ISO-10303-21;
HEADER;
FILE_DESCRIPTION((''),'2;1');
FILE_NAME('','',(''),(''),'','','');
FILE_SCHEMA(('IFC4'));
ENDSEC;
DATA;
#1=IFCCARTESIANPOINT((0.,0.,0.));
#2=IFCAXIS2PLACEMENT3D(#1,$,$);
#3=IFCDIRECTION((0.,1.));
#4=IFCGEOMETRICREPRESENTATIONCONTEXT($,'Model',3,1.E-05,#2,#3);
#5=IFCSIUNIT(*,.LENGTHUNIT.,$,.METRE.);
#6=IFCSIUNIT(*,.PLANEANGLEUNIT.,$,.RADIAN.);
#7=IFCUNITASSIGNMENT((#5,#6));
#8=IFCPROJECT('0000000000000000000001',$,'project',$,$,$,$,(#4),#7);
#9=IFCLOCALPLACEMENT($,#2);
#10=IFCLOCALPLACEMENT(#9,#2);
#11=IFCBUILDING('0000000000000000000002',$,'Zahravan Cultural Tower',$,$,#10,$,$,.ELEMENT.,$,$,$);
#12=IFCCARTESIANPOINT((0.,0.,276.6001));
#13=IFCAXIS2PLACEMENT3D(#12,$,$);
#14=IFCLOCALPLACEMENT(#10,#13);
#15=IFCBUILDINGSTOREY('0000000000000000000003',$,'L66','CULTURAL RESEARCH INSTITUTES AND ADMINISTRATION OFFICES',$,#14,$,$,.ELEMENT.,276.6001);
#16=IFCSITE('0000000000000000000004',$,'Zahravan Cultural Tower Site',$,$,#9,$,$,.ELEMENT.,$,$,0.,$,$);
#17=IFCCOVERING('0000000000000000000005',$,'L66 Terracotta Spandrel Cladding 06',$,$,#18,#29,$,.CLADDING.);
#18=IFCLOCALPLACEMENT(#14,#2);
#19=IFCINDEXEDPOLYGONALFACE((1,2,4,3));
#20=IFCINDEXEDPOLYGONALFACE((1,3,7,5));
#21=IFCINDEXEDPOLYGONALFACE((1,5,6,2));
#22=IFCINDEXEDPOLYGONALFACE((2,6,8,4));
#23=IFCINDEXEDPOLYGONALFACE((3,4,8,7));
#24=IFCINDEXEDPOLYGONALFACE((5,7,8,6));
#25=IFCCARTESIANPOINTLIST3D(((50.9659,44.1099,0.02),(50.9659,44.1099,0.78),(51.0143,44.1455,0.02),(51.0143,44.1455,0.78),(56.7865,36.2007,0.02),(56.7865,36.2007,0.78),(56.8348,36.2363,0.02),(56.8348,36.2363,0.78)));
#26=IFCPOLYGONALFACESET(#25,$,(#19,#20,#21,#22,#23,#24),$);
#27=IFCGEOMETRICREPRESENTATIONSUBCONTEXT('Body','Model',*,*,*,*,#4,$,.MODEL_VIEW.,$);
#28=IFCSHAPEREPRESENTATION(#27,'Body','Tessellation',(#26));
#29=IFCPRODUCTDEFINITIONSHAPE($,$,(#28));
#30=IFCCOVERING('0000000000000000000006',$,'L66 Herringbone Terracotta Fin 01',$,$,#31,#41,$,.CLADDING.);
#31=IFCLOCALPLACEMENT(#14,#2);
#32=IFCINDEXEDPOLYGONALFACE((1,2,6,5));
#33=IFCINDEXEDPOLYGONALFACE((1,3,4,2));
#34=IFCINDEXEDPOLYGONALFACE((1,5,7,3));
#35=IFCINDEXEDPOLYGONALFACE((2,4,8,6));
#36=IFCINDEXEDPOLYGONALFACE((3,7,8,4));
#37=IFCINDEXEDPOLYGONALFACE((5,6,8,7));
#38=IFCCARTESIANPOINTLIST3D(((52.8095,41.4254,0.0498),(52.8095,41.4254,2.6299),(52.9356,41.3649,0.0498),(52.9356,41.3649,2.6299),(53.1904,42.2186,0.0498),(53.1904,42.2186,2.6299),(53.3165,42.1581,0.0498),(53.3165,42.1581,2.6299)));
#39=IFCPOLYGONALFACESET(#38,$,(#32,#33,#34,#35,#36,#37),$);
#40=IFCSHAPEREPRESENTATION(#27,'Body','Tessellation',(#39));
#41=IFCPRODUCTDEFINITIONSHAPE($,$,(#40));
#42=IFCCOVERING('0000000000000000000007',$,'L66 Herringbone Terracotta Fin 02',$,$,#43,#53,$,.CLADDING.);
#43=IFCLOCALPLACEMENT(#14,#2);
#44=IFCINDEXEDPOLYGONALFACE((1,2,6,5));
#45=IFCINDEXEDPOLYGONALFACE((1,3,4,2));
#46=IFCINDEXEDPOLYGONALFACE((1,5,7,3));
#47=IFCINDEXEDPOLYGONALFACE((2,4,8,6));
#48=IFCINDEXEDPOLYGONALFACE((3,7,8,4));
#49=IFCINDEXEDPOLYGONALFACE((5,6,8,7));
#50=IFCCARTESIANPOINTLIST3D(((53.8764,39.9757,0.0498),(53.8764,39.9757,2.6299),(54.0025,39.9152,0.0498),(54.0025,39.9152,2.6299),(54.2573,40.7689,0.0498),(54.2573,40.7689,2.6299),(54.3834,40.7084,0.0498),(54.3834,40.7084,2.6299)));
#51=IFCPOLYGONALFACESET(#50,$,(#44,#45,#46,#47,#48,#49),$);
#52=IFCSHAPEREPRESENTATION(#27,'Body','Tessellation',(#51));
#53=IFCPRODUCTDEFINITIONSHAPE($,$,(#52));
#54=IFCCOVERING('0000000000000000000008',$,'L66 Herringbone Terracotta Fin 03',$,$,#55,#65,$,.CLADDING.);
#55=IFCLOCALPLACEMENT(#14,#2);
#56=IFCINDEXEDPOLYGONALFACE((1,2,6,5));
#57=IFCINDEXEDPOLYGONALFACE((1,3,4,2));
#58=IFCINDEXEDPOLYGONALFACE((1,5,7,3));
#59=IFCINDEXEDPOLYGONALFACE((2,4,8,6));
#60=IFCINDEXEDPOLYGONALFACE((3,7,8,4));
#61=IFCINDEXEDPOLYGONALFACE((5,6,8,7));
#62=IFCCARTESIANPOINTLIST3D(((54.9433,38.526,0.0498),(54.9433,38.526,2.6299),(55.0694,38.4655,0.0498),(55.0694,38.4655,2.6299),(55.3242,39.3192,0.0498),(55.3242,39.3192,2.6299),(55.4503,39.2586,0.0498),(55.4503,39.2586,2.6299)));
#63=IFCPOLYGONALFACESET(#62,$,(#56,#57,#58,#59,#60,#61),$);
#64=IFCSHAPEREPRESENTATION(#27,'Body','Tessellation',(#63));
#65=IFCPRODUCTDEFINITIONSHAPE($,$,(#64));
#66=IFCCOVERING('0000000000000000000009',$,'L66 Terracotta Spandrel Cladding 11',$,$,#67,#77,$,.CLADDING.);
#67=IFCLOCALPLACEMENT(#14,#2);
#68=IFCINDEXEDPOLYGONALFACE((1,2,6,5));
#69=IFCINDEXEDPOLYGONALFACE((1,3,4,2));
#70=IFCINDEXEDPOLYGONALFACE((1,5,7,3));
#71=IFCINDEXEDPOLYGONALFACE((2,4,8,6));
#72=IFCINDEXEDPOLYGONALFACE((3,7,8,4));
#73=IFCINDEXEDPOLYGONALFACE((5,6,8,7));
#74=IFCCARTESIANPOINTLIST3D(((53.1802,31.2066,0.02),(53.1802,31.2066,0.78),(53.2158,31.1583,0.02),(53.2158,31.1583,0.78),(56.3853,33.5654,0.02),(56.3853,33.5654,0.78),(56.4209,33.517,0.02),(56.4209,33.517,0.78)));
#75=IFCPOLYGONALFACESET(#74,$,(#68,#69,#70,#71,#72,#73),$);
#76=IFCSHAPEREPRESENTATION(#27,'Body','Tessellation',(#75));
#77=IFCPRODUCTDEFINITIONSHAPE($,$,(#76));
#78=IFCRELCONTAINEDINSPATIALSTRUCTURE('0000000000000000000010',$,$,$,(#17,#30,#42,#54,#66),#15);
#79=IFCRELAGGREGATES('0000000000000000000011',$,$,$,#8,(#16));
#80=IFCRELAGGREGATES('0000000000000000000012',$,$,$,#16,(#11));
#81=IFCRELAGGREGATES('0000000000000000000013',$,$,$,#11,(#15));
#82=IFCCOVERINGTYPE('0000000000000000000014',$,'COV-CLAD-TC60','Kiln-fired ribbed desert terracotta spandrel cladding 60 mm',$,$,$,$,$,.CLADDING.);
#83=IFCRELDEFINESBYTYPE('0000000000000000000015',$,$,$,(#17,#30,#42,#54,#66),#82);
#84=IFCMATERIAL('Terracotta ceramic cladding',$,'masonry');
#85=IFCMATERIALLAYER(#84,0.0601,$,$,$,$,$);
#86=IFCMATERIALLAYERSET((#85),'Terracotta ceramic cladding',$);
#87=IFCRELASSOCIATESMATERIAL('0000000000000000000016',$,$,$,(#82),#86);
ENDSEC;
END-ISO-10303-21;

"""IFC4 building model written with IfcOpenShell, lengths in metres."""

from ifc_helpers import new_model, si_unit, direction, frame, origin, origin_2d, place, context, subcontext, project, spatial, rectangle, extrude, source, transform, mapped, material, layer, layer_set, type_object, element, save


model = new_model("IFC4")

# Units and contexts
model_context = context("Model", 3, precision=1e-05, world=origin(), true_north=direction((0.0, 1.0)))
body_context = subcontext(model_context, "Body", "Model", "MODEL_VIEW")
ifc_project = project(units=[si_unit("LENGTHUNIT", "METRE"), si_unit("PLANEANGLEUNIT", "RADIAN")], contexts=[model_context])

# Site, building, storey
site_placement = place(None, origin())
site = spatial("IfcSite", under=ifc_project, at=site_placement, Name="Zahravan Cultural Tower Site", CompositionType="ELEMENT", RefElevation=0.0)
building_placement = place(site_placement, origin())
building = spatial("IfcBuilding", under=site, at=building_placement, Name="Zahravan Cultural Tower", CompositionType="ELEMENT")
storey_placement = place(building_placement, frame((0.0, 0.0, 276.6001)))
storey = spatial("IfcBuildingStorey", under=building, at=storey_placement, Name="L66", Description="CULTURAL RESEARCH INSTITUTES AND ADMINISTRATION OFFICES", CompositionType="ELEMENT", Elevation=276.6001)

# Coverings
ifc_material_1 = material(Name="Terracotta ceramic cladding", Category="masonry")
ifc_layer_1 = layer(ifc_material_1, 0.0601)
ifc_layer_set_1 = layer_set([ifc_layer_1], Name="Terracotta ceramic cladding")
covering_type = type_object("IfcCoveringType", Name="COV-CLAD-TC60", Description="Kiln-fired ribbed desert terracotta spandrel cladding 60 mm", PredefinedType="CLADDING", material=ifc_layer_set_1)
shared_shape_1 = source(origin(), body_context, "Body", "SweptSolid", [
    extrude(rectangle(XDim=9.8201, YDim=0.0601, at=origin_2d()), origin(), (0.0, 0.0, 1.0), 0.76),
])
covering_1_placement = place(storey_placement, frame((53.9004, 40.1731, 0.02), z_axis=(0.0, 0.0, 1.0), x_axis=(0.592716, -0.805411, 0.0)))
element("IfcCovering", 1, at=covering_1_placement, inside=storey, type_object=covering_type, Name="L66 Terracotta Spandrel Cladding 06", PredefinedType="CLADDING", context=body_context, shape_type="MappedRepresentation", body=[
    mapped(shared_shape_1, transform((0.0, 0.0, 0.0), x_axis=(1.0, 0.0, 0.0), y_axis=(0.0, 1.0, 0.0), z_axis=(0.0, 0.0, 1.0), scale=1.0)),
])
shared_shape_2 = source(origin(), body_context, "Body", "SweptSolid", [
    extrude(rectangle(XDim=0.8799, YDim=0.1399, at=origin_2d()), origin(), (0.0, 0.0, 1.0), 2.5801),
])
for number, where, z_axis, x_axis, name in (
    (2, (53.063, 41.7917, 0.0498), (0.0, 0.0, 1.0), (0.432873, 0.901455, 0.0), "L66 Herringbone Terracotta Fin 01"),
    (3, (54.1299, 40.342, 0.0498), (0.0, 0.0, 1.0), (0.432873, 0.901455, 0.0), "L66 Herringbone Terracotta Fin 02"),
    (4, (55.1968, 38.8923, 0.0498), (0.0, 0.0, 1.0), (0.432873, 0.901455, 0.0), "L66 Herringbone Terracotta Fin 03"),
):
    element("IfcCovering", number, at=place(storey_placement, frame(where, z_axis=z_axis, x_axis=x_axis)), inside=storey, type_object=covering_type, Name=name, PredefinedType="CLADDING", context=body_context, shape_type="MappedRepresentation", body=[
        mapped(shared_shape_2, transform((0.0, 0.0, 0.0), x_axis=(1.0, 0.0, 0.0), y_axis=(0.0, 1.0, 0.0), z_axis=(0.0, 0.0, 1.0), scale=1.0)),
    ])
shared_shape_3 = source(origin(), body_context, "Body", "SweptSolid", [
    extrude(rectangle(XDim=3.9795, YDim=0.0601, at=origin_2d()), origin(), (0.0, 0.0, 1.0), 0.76),
])
covering_2_placement = place(storey_placement, frame((54.8005, 32.3618, 0.02), z_axis=(0.0, 0.0, 1.0), x_axis=(-0.805411, -0.592716, 0.0)))
element("IfcCovering", 5, at=covering_2_placement, inside=storey, type_object=covering_type, Name="L66 Terracotta Spandrel Cladding 11", PredefinedType="CLADDING", context=body_context, shape_type="MappedRepresentation", body=[
    mapped(shared_shape_3, transform((0.0, 0.0, 0.0), x_axis=(1.0, 0.0, 0.0), y_axis=(0.0, 1.0, 0.0), z_axis=(0.0, 0.0, 1.0), scale=1.0)),
])

save(model, "model.ifc")
